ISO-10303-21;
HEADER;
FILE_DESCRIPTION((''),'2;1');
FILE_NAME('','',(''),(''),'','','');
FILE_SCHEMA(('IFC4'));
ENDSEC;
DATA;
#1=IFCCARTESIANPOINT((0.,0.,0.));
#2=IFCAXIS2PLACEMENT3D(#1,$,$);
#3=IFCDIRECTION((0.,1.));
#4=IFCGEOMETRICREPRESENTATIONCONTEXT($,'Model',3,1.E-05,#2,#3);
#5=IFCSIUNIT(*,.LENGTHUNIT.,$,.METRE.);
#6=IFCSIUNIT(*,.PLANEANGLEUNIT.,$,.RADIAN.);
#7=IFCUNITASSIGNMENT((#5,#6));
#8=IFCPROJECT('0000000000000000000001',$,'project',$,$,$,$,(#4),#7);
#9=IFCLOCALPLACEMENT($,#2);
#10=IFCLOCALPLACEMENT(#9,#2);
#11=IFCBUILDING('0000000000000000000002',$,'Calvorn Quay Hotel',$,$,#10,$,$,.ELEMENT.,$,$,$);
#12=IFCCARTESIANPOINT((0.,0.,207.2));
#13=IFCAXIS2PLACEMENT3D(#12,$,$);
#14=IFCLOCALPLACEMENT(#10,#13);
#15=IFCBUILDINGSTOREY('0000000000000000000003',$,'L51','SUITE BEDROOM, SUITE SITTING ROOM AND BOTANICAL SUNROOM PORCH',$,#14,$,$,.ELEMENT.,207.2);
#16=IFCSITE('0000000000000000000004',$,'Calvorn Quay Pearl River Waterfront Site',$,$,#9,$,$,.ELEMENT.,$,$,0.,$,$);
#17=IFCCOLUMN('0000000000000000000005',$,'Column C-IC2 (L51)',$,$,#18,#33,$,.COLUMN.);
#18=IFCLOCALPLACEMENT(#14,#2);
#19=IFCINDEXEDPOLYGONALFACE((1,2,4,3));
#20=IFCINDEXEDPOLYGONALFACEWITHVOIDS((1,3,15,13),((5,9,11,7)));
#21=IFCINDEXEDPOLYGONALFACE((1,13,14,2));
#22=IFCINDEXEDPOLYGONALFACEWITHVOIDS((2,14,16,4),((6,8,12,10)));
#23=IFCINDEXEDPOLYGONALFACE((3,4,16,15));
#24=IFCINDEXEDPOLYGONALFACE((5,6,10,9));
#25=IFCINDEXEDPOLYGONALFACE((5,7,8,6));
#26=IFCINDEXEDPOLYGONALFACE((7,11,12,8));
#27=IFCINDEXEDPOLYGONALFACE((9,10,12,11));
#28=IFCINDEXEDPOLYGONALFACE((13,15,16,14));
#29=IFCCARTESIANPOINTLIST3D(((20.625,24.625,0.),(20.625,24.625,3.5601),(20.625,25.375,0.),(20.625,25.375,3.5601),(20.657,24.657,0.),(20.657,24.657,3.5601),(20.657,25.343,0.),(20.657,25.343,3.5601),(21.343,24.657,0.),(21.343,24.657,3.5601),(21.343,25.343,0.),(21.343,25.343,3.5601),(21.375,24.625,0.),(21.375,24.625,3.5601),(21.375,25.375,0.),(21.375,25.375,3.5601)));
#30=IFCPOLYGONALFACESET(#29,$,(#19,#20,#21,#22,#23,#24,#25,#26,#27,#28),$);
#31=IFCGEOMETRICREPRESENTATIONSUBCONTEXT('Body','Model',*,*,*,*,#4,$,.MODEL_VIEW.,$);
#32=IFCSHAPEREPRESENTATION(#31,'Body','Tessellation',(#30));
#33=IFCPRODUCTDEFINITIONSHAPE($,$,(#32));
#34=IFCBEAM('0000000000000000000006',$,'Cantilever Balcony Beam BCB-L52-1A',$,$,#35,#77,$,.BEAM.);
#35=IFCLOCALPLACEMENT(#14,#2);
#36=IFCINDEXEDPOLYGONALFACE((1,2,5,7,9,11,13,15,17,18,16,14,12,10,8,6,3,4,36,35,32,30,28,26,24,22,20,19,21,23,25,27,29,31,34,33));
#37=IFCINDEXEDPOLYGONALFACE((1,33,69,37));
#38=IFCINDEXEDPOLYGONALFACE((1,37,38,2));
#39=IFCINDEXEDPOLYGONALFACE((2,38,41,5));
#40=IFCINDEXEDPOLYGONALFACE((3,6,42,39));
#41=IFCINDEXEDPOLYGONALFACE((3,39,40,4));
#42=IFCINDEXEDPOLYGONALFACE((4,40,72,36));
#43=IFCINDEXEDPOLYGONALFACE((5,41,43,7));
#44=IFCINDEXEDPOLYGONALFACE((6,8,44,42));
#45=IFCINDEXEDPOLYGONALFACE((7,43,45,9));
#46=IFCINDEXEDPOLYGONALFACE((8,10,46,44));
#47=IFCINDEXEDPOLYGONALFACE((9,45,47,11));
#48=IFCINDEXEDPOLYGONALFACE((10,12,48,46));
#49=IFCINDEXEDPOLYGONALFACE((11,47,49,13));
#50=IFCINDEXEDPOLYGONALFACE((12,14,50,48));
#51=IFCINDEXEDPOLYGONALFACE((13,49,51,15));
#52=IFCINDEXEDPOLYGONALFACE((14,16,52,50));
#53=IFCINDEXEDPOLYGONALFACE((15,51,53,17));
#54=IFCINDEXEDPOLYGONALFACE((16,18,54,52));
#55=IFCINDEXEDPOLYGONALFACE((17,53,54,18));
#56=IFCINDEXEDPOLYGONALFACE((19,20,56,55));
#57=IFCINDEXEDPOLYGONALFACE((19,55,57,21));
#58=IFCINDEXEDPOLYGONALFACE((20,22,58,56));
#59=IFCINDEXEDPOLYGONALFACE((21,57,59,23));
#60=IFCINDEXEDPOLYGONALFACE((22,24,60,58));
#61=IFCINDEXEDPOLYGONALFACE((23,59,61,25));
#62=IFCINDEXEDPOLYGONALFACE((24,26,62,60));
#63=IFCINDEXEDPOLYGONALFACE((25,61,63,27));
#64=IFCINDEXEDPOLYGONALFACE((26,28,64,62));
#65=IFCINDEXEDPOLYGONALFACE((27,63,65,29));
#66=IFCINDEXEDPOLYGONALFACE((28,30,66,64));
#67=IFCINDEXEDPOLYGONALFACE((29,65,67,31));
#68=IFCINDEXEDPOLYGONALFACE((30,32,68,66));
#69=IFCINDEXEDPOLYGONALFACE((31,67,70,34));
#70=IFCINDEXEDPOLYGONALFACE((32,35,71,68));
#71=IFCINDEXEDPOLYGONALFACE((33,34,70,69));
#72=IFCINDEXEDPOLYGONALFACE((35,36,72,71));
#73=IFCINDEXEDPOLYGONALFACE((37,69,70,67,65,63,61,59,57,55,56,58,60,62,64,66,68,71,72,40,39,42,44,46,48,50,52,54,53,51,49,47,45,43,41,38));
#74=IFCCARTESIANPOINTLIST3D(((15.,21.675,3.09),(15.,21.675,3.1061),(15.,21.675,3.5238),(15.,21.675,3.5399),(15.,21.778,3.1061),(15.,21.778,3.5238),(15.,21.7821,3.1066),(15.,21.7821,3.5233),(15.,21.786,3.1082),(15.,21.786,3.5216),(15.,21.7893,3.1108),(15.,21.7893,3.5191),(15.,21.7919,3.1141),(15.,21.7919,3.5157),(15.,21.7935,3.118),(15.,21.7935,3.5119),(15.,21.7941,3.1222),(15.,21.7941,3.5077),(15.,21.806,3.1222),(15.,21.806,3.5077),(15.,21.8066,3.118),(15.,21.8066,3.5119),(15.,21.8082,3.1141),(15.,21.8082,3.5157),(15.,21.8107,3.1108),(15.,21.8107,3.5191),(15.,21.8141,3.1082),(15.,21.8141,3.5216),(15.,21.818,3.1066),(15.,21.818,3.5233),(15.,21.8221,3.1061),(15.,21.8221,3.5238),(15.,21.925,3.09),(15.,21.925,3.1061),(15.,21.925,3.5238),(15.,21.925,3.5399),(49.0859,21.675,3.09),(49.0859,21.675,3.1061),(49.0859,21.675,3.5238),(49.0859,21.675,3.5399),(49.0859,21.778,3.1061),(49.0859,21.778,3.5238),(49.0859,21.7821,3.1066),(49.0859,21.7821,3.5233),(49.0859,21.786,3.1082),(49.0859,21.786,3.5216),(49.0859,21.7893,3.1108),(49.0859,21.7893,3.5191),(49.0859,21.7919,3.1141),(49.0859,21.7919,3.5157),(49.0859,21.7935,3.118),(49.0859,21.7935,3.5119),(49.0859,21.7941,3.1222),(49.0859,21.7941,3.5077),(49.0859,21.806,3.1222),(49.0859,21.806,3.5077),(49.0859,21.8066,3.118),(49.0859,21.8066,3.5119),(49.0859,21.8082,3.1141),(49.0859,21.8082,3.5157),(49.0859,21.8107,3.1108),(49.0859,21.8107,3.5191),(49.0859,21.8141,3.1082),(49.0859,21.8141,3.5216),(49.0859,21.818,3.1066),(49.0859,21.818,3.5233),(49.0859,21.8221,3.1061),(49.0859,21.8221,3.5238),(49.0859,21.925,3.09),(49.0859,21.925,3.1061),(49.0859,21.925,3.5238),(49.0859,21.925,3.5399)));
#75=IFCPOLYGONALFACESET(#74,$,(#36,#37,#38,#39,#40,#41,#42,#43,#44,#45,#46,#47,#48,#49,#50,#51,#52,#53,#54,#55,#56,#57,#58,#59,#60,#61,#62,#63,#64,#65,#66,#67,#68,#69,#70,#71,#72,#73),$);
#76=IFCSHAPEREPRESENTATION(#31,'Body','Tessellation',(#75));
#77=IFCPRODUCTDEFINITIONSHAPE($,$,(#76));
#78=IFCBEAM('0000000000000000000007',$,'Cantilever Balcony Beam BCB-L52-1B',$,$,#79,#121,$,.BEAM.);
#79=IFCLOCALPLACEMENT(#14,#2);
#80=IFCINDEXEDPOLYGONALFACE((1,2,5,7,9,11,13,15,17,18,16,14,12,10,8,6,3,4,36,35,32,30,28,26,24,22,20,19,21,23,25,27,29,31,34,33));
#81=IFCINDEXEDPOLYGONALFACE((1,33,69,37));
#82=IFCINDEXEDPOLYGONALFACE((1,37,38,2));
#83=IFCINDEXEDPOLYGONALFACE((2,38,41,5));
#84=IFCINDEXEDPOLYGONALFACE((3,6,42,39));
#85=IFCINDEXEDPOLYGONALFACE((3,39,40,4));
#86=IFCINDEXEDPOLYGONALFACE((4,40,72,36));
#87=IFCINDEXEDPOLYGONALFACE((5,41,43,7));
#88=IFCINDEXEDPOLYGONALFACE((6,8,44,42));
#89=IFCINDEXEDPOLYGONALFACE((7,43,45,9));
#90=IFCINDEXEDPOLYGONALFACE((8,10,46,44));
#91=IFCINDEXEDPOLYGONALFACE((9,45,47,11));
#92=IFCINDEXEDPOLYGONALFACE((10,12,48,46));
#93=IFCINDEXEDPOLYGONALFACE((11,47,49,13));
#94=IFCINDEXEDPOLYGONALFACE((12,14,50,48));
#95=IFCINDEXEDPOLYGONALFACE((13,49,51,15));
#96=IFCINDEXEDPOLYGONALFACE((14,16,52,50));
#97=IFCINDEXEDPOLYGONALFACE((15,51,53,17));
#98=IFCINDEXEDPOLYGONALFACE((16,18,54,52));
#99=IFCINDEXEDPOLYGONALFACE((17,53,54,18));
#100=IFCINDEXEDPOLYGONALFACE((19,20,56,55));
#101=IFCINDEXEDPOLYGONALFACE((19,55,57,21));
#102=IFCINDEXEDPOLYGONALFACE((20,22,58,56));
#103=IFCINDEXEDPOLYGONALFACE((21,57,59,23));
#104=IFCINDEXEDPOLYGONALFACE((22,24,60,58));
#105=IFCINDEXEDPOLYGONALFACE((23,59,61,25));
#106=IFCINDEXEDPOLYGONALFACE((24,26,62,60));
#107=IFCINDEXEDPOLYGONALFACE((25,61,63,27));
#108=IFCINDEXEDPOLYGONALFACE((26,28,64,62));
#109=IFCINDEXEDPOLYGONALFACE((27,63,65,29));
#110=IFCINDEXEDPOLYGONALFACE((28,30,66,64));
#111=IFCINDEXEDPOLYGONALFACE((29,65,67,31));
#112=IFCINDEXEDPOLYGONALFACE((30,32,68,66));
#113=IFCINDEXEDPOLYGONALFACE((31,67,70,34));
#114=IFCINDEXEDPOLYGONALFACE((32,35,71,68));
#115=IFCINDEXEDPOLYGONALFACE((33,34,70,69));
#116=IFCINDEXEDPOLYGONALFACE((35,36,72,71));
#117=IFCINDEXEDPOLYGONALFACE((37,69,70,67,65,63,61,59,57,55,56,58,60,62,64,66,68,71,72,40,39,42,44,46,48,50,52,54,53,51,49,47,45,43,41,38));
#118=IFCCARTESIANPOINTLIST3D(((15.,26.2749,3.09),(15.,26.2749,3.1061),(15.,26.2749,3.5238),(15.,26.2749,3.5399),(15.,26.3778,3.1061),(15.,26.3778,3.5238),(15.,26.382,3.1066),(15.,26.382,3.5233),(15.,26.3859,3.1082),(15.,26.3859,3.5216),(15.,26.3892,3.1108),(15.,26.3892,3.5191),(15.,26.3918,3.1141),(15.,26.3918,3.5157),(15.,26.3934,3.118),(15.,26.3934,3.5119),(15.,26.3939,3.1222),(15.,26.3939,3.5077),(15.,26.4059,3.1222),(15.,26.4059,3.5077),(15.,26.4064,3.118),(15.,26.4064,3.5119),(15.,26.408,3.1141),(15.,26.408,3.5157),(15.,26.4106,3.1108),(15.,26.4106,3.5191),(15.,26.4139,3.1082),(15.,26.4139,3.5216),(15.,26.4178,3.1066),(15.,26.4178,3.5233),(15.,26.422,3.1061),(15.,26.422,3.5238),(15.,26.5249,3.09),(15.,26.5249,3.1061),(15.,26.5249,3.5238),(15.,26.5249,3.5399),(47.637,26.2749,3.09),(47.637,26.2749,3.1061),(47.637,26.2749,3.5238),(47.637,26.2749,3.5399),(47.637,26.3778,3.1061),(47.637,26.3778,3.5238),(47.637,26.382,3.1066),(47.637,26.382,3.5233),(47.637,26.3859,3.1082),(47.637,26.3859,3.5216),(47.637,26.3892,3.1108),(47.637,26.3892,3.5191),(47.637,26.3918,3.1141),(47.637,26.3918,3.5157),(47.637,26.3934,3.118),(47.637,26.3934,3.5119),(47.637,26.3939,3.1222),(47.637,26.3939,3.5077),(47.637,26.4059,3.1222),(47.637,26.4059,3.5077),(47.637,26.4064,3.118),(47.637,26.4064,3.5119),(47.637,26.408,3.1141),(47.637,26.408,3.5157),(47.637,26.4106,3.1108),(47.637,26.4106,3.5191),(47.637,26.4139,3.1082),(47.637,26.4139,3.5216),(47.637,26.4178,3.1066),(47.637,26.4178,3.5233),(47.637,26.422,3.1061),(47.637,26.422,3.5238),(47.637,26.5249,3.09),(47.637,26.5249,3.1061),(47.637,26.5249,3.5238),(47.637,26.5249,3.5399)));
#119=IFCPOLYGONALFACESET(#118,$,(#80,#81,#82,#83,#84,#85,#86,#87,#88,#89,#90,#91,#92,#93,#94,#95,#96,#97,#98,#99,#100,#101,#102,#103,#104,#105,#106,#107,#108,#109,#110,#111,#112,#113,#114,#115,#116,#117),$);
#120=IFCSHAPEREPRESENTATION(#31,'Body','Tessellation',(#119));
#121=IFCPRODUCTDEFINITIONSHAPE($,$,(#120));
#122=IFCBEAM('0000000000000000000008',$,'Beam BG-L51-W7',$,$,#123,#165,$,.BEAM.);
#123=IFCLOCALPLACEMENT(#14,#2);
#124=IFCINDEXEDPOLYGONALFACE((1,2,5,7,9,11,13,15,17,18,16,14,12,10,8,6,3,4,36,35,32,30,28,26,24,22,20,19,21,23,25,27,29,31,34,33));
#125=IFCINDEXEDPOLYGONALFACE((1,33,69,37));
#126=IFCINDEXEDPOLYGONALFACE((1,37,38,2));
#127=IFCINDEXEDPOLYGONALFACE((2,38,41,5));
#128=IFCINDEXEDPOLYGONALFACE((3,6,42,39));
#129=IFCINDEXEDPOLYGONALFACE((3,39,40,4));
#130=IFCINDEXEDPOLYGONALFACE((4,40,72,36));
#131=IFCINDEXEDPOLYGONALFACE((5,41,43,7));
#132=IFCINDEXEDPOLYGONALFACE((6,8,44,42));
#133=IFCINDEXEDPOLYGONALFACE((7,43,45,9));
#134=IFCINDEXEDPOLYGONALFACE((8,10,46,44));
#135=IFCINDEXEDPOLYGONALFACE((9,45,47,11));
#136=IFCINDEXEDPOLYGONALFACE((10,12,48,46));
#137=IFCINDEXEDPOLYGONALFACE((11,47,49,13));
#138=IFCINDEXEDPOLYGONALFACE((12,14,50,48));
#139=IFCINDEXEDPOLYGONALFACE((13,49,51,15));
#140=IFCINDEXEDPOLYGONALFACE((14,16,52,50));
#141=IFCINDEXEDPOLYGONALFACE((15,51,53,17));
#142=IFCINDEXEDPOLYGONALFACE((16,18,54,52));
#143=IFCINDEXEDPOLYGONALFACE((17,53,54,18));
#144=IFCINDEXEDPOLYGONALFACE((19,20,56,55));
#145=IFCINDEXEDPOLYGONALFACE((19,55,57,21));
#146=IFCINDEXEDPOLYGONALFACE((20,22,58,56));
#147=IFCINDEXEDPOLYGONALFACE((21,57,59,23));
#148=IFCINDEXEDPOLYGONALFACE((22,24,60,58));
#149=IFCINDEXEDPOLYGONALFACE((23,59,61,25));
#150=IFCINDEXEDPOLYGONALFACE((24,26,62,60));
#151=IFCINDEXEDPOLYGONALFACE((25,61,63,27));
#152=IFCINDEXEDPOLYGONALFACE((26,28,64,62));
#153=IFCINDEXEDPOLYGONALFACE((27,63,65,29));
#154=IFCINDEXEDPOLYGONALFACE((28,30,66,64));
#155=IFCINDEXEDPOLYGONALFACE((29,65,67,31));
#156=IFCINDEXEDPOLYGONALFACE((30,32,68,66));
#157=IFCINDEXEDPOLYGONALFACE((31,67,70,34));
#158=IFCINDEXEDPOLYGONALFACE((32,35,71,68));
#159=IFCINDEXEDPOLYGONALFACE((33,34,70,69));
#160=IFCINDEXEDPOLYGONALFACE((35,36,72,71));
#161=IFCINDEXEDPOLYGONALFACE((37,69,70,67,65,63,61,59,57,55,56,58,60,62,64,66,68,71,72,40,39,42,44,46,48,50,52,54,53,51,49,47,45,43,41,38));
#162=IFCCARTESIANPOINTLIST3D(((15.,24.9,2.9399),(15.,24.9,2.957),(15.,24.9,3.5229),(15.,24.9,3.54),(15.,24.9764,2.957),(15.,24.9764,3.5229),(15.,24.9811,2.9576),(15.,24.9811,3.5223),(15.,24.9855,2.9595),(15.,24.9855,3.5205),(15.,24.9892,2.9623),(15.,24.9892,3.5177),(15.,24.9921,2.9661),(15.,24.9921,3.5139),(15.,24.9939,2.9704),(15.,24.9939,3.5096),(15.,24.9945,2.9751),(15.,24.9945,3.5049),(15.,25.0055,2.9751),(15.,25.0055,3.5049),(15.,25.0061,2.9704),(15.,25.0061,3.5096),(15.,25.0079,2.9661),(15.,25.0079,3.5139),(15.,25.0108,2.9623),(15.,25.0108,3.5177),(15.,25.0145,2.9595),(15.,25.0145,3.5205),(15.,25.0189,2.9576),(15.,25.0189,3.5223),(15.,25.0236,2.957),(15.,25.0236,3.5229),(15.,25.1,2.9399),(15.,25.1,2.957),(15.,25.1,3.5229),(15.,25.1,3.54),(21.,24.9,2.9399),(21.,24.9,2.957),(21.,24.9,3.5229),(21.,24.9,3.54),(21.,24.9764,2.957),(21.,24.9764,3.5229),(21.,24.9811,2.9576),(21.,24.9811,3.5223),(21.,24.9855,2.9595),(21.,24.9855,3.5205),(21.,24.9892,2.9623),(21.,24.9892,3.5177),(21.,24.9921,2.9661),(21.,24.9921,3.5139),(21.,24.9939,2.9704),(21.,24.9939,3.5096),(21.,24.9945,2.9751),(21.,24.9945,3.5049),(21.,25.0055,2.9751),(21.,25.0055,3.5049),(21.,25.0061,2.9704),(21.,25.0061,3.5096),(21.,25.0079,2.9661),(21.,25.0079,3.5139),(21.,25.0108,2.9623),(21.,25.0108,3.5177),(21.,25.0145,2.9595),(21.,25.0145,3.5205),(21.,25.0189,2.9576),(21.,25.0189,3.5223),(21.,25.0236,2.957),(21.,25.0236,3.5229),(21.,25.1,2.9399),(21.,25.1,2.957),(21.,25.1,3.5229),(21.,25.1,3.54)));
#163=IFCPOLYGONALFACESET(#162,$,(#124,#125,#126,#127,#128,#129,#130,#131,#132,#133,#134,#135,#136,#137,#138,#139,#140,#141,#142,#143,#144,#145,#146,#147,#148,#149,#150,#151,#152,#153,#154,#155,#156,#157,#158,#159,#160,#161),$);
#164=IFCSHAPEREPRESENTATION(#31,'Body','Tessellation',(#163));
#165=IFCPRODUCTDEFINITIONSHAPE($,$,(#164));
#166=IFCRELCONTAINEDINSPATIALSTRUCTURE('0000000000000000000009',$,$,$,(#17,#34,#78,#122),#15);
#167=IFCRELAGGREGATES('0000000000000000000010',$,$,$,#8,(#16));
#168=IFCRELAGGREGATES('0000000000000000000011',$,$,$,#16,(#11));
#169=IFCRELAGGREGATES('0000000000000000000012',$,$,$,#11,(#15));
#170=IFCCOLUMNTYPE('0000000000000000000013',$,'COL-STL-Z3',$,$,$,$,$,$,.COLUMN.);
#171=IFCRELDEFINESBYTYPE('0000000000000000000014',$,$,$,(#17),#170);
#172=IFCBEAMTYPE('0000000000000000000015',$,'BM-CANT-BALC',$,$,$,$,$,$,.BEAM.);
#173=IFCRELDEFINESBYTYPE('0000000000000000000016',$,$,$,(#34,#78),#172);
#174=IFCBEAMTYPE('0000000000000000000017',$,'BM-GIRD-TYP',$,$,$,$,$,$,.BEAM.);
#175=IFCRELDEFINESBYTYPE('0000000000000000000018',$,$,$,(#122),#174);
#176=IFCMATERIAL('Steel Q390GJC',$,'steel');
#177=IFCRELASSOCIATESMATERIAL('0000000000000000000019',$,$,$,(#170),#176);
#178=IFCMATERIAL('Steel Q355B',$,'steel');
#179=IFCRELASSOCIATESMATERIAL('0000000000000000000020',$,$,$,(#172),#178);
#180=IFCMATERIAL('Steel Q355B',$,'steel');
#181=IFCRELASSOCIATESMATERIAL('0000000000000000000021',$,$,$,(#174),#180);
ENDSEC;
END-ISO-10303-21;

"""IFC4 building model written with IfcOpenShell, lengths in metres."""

from ifc_helpers import new_model, si_unit, direction, frame, origin, origin_2d, place, context, subcontext, project, spatial, hollow_rectangle, i_section, extrude, material, material_profile, profile_set, type_object, element, save


model = new_model("IFC4")

# Units and contexts
model_context = context("Model", 3, precision=1e-05, world=origin(), true_north=direction((0.0, 1.0)))
body_context = subcontext(model_context, "Body", "Model", "MODEL_VIEW")
ifc_project = project(units=[si_unit("LENGTHUNIT", "METRE"), si_unit("PLANEANGLEUNIT", "RADIAN")], contexts=[model_context])

# Site, building, storey
site_placement = place(None, origin())
site = spatial("IfcSite", under=ifc_project, at=site_placement, Name="Calvorn Quay Pearl River Waterfront Site", CompositionType="ELEMENT", RefElevation=0.0)
building_placement = place(site_placement, origin())
building = spatial("IfcBuilding", under=site, at=building_placement, Name="Calvorn Quay Hotel", CompositionType="ELEMENT")
storey_placement = place(building_placement, frame((0.0, 0.0, 207.2)))
storey = spatial("IfcBuildingStorey", under=building, at=storey_placement, Name="L51", Description="SUITE BEDROOM, SUITE SITTING ROOM AND BOTANICAL SUNROOM PORCH", CompositionType="ELEMENT", Elevation=207.2)

# Column
ifc_material_1 = material(Name="Steel Q390GJC", Category="steel")
ifc_material_profile_1 = material_profile(ifc_material_1, hollow_rectangle(XDim=0.75, YDim=0.75, WallThickness=0.032, at=origin_2d()), Name="BOX750x750x32")
ifc_profile_set_1 = profile_set([ifc_material_profile_1], Name="Steel Q390GJC")
column_type = type_object("IfcColumnType", Name="COL-STL-Z3", PredefinedType="COLUMN", material=ifc_profile_set_1)
column_placement = place(storey_placement, frame((21.0, 25.0, 0.0), z_axis=(0.0, 0.0, 1.0), x_axis=(1.0, 0.0, 0.0)))
element("IfcColumn", 1, at=column_placement, inside=storey, type_object=column_type, Name="Column C-IC2 (L51)", PredefinedType="COLUMN", context=body_context, shape_type="SweptSolid", body=[
    extrude(hollow_rectangle(XDim=0.75, YDim=0.75, WallThickness=0.032, at=origin_2d()), origin(), (0.0, 0.0, 1.0), 3.5601),
])

# Beams
ifc_material_2 = material(Name="Steel Q355B", Category="steel")
ifc_material_profile_2 = material_profile(ifc_material_2, i_section(OverallWidth=0.25, OverallDepth=0.45, WebThickness=0.012, FlangeThickness=0.0161, FilletRadius=0.0161, at=origin_2d()), Name="HN450x250x12x16")
ifc_profile_set_2 = profile_set([ifc_material_profile_2], Name="Steel Q355B")
beam_type_1 = type_object("IfcBeamType", Name="BM-CANT-BALC", PredefinedType="BEAM", material=ifc_profile_set_2)
beam_1_placement = place(storey_placement, frame((15.0, 21.8, 3.3149), z_axis=(1.0, 0.0, 0.0), x_axis=(0.0, 1.0, 0.0)))
element("IfcBeam", 2, at=beam_1_placement, inside=storey, type_object=beam_type_1, Name="Cantilever Balcony Beam BCB-L52-1A", PredefinedType="BEAM", context=body_context, shape_type="SweptSolid", body=[
    extrude(i_section(OverallWidth=0.25, OverallDepth=0.45, WebThickness=0.012, FlangeThickness=0.0161, FilletRadius=0.0161, at=origin_2d()), origin(), (0.0, 0.0, 1.0), 34.0859),
])
beam_2_placement = place(storey_placement, frame((15.0, 26.3999, 3.3149), z_axis=(1.0, 0.0, 0.0), x_axis=(0.0, 1.0, 0.0)))
element("IfcBeam", 3, at=beam_2_placement, inside=storey, type_object=beam_type_1, Name="Cantilever Balcony Beam BCB-L52-1B", PredefinedType="BEAM", context=body_context, shape_type="SweptSolid", body=[
    extrude(i_section(OverallWidth=0.25, OverallDepth=0.45, WebThickness=0.012, FlangeThickness=0.0161, FilletRadius=0.0161, at=origin_2d()), origin(), (0.0, 0.0, 1.0), 32.637),
])
ifc_material_3 = material(Name="Steel Q355B", Category="steel")
ifc_material_profile_3 = material_profile(ifc_material_3, i_section(OverallWidth=0.2, OverallDepth=0.6001, WebThickness=0.011, FlangeThickness=0.0171, FilletRadius=0.0181, at=origin_2d()), Name="HN600x200x11x17")
ifc_profile_set_3 = profile_set([ifc_material_profile_3], Name="Steel Q355B")
beam_type_2 = type_object("IfcBeamType", Name="BM-GIRD-TYP", PredefinedType="BEAM", material=ifc_profile_set_3)
beam_3_placement = place(storey_placement, frame((21.0, 25.0, 3.24), z_axis=(-1.0, 0.0, 0.0), x_axis=(0.0, -1.0, 0.0)))
element("IfcBeam", 4, at=beam_3_placement, inside=storey, type_object=beam_type_2, Name="Beam BG-L51-W7", PredefinedType="BEAM", context=body_context, shape_type="SweptSolid", body=[
    extrude(i_section(OverallWidth=0.2, OverallDepth=0.6001, WebThickness=0.011, FlangeThickness=0.0171, FilletRadius=0.0181, at=origin_2d()), origin(), (0.0, 0.0, 1.0), 6.0),
])

save(model, "model.ifc")
